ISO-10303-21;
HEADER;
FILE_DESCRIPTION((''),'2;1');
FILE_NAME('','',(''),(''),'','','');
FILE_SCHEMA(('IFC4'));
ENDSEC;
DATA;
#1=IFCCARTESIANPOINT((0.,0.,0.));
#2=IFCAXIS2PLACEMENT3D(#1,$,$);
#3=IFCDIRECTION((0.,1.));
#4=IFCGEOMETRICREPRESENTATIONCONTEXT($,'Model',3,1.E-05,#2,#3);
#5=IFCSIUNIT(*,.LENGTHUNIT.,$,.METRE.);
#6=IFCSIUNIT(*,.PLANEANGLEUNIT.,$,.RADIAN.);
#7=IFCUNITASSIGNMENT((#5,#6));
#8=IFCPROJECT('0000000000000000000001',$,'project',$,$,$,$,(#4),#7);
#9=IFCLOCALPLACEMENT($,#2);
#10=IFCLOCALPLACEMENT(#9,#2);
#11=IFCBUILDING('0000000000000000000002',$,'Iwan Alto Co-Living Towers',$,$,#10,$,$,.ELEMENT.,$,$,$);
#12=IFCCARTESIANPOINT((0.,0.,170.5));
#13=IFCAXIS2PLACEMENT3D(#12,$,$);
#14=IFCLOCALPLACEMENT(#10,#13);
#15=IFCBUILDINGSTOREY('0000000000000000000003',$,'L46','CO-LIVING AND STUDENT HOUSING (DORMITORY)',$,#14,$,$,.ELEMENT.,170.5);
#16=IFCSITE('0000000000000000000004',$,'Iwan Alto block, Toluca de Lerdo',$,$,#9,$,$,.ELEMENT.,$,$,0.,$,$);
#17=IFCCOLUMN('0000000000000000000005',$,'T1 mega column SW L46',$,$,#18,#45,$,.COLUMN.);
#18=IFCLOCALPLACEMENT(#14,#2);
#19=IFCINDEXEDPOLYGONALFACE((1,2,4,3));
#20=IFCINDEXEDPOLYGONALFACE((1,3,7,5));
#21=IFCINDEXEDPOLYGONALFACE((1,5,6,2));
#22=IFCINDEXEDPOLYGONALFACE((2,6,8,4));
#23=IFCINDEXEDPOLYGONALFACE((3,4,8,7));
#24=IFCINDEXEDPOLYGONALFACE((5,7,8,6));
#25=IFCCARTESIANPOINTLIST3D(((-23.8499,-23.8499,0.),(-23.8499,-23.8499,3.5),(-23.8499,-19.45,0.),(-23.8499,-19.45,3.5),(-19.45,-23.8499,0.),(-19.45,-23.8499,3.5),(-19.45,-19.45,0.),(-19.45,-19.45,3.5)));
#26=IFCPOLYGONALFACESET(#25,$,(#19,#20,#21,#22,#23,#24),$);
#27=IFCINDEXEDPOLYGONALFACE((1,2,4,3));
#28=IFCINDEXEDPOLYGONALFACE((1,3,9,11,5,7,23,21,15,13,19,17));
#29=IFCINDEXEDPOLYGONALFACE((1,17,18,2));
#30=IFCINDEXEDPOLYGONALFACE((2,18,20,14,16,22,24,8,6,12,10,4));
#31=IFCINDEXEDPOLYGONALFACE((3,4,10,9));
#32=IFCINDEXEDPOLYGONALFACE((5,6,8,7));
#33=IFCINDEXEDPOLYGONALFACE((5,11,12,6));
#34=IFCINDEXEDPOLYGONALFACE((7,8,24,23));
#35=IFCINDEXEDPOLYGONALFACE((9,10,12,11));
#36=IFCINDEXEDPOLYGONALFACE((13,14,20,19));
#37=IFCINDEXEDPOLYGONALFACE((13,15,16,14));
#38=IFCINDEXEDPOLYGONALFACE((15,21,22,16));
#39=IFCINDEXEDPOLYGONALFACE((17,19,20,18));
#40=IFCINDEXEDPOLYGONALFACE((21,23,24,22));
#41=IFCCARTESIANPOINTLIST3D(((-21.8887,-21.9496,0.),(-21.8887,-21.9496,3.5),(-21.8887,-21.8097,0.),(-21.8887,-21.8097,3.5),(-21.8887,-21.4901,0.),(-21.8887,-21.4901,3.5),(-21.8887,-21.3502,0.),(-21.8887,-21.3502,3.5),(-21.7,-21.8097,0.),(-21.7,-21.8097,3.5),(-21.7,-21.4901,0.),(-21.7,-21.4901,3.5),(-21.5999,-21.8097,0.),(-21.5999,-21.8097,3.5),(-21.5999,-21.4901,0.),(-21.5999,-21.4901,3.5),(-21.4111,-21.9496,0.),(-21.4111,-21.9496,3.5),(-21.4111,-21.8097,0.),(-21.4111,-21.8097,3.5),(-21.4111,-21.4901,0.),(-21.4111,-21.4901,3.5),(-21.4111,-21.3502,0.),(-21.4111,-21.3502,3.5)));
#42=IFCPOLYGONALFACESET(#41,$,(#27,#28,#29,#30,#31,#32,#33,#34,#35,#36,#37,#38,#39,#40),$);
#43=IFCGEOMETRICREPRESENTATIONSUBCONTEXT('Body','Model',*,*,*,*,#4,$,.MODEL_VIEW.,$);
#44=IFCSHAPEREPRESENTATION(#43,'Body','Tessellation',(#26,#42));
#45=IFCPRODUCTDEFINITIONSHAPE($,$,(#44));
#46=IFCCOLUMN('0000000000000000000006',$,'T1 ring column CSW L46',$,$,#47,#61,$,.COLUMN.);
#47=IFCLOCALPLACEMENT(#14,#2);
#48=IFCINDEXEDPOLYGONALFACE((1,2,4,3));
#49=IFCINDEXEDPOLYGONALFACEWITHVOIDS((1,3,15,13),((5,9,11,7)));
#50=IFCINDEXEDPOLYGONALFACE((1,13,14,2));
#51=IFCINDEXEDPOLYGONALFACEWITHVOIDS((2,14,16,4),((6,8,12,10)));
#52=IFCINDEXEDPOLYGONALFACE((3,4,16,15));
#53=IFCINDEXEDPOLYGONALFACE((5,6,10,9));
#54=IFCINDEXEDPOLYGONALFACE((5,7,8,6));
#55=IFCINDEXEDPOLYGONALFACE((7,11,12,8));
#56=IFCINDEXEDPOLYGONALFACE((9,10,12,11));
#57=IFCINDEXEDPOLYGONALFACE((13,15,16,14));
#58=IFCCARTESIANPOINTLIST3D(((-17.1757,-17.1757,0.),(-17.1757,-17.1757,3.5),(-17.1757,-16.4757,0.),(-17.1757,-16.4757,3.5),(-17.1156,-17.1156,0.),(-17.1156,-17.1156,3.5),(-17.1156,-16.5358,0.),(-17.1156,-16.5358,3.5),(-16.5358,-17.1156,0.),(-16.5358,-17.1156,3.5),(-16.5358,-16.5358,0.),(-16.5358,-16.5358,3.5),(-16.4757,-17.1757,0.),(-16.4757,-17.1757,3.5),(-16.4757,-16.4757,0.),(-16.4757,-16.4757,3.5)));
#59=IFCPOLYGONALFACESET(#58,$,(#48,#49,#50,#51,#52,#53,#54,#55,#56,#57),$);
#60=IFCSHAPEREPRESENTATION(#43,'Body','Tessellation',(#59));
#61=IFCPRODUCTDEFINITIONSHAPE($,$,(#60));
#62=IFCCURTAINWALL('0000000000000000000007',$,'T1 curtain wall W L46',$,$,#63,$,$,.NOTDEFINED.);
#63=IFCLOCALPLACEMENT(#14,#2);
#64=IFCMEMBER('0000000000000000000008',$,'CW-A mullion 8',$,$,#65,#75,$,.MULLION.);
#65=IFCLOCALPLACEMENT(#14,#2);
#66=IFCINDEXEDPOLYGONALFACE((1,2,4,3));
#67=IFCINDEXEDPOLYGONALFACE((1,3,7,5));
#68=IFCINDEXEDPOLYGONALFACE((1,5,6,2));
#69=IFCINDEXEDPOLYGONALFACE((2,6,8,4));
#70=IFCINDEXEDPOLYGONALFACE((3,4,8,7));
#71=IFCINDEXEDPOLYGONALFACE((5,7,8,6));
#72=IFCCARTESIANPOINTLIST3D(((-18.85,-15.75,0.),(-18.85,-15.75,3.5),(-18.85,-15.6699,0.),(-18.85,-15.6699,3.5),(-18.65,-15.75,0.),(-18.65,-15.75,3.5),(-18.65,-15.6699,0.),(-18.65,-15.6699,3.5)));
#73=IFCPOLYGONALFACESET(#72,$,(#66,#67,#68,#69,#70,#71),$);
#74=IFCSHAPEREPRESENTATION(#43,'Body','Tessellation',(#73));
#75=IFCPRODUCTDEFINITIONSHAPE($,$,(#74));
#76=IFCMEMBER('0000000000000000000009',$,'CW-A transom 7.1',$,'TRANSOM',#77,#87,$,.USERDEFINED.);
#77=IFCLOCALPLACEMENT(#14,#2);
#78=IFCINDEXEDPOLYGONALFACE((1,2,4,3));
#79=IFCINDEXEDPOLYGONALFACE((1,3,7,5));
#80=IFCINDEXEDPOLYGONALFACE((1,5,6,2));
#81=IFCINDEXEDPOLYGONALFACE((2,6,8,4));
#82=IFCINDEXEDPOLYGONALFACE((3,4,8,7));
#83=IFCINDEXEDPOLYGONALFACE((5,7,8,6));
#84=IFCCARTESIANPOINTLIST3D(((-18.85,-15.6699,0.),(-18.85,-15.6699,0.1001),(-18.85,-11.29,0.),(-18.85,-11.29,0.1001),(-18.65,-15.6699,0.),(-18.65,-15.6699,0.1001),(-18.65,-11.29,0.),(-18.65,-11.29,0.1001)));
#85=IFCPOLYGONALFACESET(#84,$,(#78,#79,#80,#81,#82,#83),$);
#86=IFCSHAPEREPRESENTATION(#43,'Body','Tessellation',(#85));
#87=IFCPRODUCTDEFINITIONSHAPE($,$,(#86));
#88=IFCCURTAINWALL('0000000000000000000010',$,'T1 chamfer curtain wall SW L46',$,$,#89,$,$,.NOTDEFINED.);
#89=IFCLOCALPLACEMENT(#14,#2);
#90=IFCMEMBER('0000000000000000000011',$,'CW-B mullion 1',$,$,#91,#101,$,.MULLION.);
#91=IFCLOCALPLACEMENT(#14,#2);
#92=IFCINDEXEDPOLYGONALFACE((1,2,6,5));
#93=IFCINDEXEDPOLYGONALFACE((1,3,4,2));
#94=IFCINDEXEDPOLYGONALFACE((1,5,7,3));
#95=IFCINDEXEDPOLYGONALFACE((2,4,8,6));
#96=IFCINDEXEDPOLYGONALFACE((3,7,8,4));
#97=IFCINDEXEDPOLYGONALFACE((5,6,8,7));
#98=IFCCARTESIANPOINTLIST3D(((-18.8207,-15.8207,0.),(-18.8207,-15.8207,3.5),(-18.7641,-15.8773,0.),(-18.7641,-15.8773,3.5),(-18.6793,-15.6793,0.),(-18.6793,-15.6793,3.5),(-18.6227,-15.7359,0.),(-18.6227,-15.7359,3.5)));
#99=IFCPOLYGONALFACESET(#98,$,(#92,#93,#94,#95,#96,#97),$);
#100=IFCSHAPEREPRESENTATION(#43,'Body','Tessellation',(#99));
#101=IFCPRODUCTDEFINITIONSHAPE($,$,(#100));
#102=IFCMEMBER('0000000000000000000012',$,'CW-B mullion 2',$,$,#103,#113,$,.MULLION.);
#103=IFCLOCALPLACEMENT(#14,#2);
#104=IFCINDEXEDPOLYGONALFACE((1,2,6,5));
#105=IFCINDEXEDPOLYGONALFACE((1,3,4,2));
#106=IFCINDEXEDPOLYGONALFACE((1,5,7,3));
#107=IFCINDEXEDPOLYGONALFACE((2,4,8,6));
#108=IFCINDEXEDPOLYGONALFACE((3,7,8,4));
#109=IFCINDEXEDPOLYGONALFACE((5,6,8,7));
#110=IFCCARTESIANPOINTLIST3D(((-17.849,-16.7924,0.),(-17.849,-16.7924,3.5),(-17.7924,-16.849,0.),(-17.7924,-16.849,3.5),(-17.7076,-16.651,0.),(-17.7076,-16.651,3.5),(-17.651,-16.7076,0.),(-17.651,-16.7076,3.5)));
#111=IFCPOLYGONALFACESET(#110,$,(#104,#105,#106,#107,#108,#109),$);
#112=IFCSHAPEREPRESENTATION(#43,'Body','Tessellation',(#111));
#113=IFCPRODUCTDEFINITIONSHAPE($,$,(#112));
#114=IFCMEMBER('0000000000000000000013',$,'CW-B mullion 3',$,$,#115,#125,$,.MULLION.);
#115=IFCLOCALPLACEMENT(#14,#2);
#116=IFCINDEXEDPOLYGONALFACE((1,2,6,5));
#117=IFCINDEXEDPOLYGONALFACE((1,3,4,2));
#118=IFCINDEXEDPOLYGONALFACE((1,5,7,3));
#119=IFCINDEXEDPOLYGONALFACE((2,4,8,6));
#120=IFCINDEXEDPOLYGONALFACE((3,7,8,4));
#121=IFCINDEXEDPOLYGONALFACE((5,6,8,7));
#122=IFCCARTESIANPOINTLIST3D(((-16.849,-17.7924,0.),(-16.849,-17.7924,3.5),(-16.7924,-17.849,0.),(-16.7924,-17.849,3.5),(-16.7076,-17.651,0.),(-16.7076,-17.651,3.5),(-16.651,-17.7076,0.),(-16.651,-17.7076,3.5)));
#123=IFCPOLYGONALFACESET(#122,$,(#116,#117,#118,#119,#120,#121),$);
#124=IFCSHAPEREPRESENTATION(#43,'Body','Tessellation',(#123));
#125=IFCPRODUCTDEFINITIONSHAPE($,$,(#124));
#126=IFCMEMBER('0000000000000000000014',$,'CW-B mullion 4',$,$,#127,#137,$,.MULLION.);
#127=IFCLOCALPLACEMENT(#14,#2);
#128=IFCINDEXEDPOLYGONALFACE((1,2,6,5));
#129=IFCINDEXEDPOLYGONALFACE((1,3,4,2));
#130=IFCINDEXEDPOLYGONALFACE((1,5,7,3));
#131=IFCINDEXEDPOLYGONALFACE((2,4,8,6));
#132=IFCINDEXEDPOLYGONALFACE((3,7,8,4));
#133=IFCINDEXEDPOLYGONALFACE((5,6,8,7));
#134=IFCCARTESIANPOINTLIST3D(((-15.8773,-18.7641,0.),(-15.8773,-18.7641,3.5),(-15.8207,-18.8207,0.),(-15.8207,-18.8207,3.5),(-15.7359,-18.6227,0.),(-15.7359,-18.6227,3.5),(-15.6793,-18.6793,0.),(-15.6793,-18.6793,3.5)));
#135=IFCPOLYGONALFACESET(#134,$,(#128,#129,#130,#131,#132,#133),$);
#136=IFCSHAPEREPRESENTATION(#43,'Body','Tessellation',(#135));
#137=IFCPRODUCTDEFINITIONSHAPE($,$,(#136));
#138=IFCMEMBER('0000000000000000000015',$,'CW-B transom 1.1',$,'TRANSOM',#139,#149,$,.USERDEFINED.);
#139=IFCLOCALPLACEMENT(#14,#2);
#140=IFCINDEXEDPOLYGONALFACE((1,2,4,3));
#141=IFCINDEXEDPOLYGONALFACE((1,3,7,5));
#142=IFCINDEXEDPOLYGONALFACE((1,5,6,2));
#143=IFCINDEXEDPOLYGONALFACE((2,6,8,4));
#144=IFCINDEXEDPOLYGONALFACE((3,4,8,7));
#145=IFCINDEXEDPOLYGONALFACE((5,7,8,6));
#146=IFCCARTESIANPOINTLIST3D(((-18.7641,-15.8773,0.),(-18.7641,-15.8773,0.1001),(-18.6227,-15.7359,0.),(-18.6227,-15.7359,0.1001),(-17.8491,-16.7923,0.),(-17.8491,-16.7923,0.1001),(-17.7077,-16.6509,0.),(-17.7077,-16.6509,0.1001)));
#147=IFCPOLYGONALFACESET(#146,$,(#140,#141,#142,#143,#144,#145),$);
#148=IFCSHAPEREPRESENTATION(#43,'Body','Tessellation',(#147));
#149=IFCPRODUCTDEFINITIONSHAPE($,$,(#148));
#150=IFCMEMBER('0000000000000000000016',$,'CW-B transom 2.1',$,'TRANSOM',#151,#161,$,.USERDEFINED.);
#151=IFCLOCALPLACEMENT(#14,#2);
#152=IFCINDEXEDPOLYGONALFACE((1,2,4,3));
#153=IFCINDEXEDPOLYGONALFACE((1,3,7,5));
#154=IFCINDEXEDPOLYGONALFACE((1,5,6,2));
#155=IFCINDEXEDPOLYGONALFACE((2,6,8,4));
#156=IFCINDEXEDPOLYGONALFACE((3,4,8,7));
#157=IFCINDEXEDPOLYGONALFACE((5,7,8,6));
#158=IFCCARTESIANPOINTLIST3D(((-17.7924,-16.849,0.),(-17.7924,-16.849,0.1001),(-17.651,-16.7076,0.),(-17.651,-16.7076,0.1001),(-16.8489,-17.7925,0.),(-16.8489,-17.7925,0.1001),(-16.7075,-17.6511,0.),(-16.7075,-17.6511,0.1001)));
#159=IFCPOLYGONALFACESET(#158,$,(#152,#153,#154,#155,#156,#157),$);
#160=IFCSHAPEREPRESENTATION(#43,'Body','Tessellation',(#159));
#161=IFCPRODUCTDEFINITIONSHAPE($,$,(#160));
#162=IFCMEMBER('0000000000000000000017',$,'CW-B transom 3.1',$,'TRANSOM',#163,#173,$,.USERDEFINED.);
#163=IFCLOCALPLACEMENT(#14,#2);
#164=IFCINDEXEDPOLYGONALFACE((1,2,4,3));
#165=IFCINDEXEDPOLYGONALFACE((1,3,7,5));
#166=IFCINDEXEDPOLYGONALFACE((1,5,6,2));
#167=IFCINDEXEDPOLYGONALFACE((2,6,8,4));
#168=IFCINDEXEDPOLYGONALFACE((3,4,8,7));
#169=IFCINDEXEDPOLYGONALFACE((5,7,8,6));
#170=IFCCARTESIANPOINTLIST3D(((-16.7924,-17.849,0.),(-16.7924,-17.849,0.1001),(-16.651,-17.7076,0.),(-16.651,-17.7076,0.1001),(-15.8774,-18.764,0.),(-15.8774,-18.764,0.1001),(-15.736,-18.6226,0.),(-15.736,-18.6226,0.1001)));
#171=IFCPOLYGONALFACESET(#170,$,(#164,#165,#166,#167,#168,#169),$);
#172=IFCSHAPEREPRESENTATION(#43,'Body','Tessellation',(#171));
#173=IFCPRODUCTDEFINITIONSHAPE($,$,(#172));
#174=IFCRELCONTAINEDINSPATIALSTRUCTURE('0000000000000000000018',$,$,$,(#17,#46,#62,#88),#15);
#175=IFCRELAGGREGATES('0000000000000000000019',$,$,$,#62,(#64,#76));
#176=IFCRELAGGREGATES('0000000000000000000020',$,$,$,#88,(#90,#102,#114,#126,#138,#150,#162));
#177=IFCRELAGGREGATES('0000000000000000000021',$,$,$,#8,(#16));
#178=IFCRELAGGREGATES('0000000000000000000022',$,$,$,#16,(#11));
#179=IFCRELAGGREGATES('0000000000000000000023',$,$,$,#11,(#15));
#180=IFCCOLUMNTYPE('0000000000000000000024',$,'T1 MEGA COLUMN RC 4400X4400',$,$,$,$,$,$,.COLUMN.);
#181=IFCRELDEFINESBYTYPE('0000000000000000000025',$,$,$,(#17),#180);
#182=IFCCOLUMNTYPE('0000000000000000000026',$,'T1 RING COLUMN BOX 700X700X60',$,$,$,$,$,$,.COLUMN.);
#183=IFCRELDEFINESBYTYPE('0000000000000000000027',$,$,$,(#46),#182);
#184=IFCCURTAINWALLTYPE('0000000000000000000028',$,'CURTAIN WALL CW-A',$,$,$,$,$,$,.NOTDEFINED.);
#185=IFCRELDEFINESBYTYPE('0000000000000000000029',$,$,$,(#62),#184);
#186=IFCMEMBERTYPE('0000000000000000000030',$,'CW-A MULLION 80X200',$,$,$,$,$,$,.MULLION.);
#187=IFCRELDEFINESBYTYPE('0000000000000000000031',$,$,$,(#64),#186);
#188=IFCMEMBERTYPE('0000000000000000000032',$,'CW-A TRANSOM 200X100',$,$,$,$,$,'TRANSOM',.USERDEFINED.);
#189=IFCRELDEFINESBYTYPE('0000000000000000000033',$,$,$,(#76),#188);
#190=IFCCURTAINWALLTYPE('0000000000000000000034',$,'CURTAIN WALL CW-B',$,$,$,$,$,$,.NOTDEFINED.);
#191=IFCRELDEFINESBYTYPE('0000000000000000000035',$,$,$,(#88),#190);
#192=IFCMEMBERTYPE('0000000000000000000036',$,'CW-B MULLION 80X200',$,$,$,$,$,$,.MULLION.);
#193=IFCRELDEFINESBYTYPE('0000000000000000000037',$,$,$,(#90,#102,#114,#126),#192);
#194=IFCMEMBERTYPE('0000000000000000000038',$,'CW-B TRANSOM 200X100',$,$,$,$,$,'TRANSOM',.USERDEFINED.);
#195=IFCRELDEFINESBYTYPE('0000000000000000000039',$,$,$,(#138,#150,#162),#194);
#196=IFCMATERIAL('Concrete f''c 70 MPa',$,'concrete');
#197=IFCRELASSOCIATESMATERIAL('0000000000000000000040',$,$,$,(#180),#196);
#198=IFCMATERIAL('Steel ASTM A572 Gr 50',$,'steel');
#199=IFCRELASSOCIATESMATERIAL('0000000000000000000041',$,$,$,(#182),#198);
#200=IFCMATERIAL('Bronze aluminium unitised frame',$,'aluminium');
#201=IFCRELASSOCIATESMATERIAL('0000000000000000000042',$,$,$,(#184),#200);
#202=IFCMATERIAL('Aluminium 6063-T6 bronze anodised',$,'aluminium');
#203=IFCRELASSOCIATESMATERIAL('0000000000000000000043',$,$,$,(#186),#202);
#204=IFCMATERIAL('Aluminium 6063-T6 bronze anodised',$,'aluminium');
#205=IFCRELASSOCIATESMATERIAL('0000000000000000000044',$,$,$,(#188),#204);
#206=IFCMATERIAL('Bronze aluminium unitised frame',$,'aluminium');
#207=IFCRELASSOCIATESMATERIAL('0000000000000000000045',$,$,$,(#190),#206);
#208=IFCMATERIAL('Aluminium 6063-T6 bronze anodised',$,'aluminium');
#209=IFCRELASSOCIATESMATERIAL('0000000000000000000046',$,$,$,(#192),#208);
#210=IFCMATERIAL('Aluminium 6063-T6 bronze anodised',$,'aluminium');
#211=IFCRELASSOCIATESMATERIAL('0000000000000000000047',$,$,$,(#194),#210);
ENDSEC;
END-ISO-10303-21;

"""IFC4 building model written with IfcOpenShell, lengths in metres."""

from ifc_helpers import new_model, si_unit, direction, frame, origin, origin_2d, place, context, subcontext, project, spatial, rectangle, hollow_rectangle, i_section, extrude, material, material_profile, profile_set, type_object, element, aggregate, save


model = new_model("IFC4")

# Units and contexts
model_context = context("Model", 3, precision=1e-05, world=origin(), true_north=direction((0.0, 1.0)))
body_context = subcontext(model_context, "Body", "Model", "MODEL_VIEW")
ifc_project = project(units=[si_unit("LENGTHUNIT", "METRE"), si_unit("PLANEANGLEUNIT", "RADIAN")], contexts=[model_context])

# Site, building, storey
site_placement = place(None, origin())
site = spatial("IfcSite", under=ifc_project, at=site_placement, Name="Iwan Alto block, Toluca de Lerdo", CompositionType="ELEMENT", RefElevation=0.0)
building_placement = place(site_placement, origin())
building = spatial("IfcBuilding", under=site, at=building_placement, Name="Iwan Alto Co-Living Towers", CompositionType="ELEMENT")
storey_placement = place(building_placement, frame((0.0, 0.0, 170.5)))
storey = spatial("IfcBuildingStorey", under=building, at=storey_placement, Name="L46", Description="CO-LIVING AND STUDENT HOUSING (DORMITORY)", CompositionType="ELEMENT", Elevation=170.5)

# Columns
ifc_material_1 = material(Name="Concrete f'c 70 MPa", Category="concrete")
ifc_material_profile_1 = material_profile(ifc_material_1, rectangle(XDim=4.3999, YDim=4.3999, at=origin_2d()), Name="RC 4400X4400")
ifc_profile_set_1 = profile_set([ifc_material_profile_1], Name="Concrete f'c 70 MPa")
column_type_1 = type_object("IfcColumnType", Name="T1 MEGA COLUMN RC 4400X4400", PredefinedType="COLUMN", material=ifc_profile_set_1)
column_1_placement = place(storey_placement, frame((-21.6499, -21.6499, 0.0), z_axis=(0.0, 0.0, 1.0), x_axis=(1.0, 0.0, 0.0)))
element("IfcColumn", 1, at=column_1_placement, inside=storey, type_object=column_type_1, Name="T1 mega column SW L46", PredefinedType="COLUMN", context=body_context, shape_type="SweptSolid", body=[
    extrude(rectangle(XDim=4.3999, YDim=4.3999, at=origin_2d()), origin(), (0.0, 0.0, 1.0), 3.5),
    extrude(i_section(OverallWidth=0.4775, OverallDepth=0.5994, WebThickness=0.1001, FlangeThickness=0.1399, at=origin_2d()), origin(), (0.0, 0.0, 1.0), 3.5),
])
ifc_material_2 = material(Name="Steel ASTM A572 Gr 50", Category="steel")
ifc_material_profile_2 = material_profile(ifc_material_2, hollow_rectangle(XDim=0.7, YDim=0.7, WallThickness=0.0601, at=origin_2d()), Name="BOX 700X700X60")
ifc_profile_set_2 = profile_set([ifc_material_profile_2], Name="Steel ASTM A572 Gr 50")
column_type_2 = type_object("IfcColumnType", Name="T1 RING COLUMN BOX 700X700X60", PredefinedType="COLUMN", material=ifc_profile_set_2)
column_2_placement = place(storey_placement, frame((-16.8257, -16.8257, 0.0), z_axis=(0.0, 0.0, 1.0), x_axis=(1.0, 0.0, 0.0)))
element("IfcColumn", 2, at=column_2_placement, inside=storey, type_object=column_type_2, Name="T1 ring column CSW L46", PredefinedType="COLUMN", context=body_context, shape_type="SweptSolid", body=[
    extrude(hollow_rectangle(XDim=0.7, YDim=0.7, WallThickness=0.0601, at=origin_2d()), origin(), (0.0, 0.0, 1.0), 3.5),
])

# Curtain walls, members
ifc_material_3 = material(Name="Bronze aluminium unitised frame", Category="aluminium")
curtain_wall_type_1 = type_object("IfcCurtainWallType", Name="CURTAIN WALL CW-A", PredefinedType="NOTDEFINED", material=ifc_material_3)
curtain_wall_1_placement = place(storey_placement, origin())
curtain_wall_1 = element("IfcCurtainWall", 3, at=curtain_wall_1_placement, inside=storey, type_object=curtain_wall_type_1, Name="T1 curtain wall W L46", PredefinedType="NOTDEFINED")
ifc_material_4 = material(Name="Aluminium 6063-T6 bronze anodised", Category="aluminium")
ifc_material_profile_3 = material_profile(ifc_material_4, rectangle(XDim=0.2, YDim=0.0801, at=origin_2d()), Name="AL 80X200")
ifc_profile_set_3 = profile_set([ifc_material_profile_3], Name="Aluminium 6063-T6 bronze anodised")
member_type_1 = type_object("IfcMemberType", Name="CW-A MULLION 80X200", PredefinedType="MULLION", material=ifc_profile_set_3)
member_1_placement = place(storey_placement, frame((-18.75, -15.71, 0.0), z_axis=(0.0, 0.0, 1.0), x_axis=(1.0, 0.0, 0.0)))
member_1 = element("IfcMember", 4, at=member_1_placement, type_object=member_type_1, Name="CW-A mullion 8", PredefinedType="MULLION", context=body_context, shape_type="SweptSolid", body=[
    extrude(rectangle(XDim=0.2, YDim=0.0801, at=origin_2d()), origin(), (0.0, 0.0, 1.0), 3.5),
])
ifc_material_5 = material(Name="Aluminium 6063-T6 bronze anodised", Category="aluminium")
ifc_material_profile_4 = material_profile(ifc_material_5, rectangle(XDim=0.2, YDim=0.1001, at=origin_2d()), Name="AL 200X100")
ifc_profile_set_4 = profile_set([ifc_material_profile_4], Name="Aluminium 6063-T6 bronze anodised")
member_type_2 = type_object("IfcMemberType", Name="CW-A TRANSOM 200X100", ElementType="TRANSOM", PredefinedType="USERDEFINED", material=ifc_profile_set_4)
member_2_placement = place(storey_placement, frame((-18.75, -11.29, 0.05), z_axis=(0.0, -1.0, 0.0), x_axis=(1.0, 0.0, 0.0)))
member_2 = element("IfcMember", 5, at=member_2_placement, type_object=member_type_2, Name="CW-A transom 7.1", ObjectType="TRANSOM", PredefinedType="USERDEFINED", context=body_context, shape_type="SweptSolid", body=[
    extrude(rectangle(XDim=0.2, YDim=0.1001, at=origin_2d()), origin(), (0.0, 0.0, 1.0), 4.3799),
])
ifc_material_6 = material(Name="Bronze aluminium unitised frame", Category="aluminium")
curtain_wall_type_2 = type_object("IfcCurtainWallType", Name="CURTAIN WALL CW-B", PredefinedType="NOTDEFINED", material=ifc_material_6)
curtain_wall_2_placement = place(storey_placement, origin())
curtain_wall_2 = element("IfcCurtainWall", 6, at=curtain_wall_2_placement, inside=storey, type_object=curtain_wall_type_2, Name="T1 chamfer curtain wall SW L46", PredefinedType="NOTDEFINED")
ifc_material_7 = material(Name="Aluminium 6063-T6 bronze anodised", Category="aluminium")
ifc_material_profile_5 = material_profile(ifc_material_7, rectangle(XDim=0.2, YDim=0.0801, at=origin_2d()), Name="AL 80X200")
ifc_profile_set_5 = profile_set([ifc_material_profile_5], Name="Aluminium 6063-T6 bronze anodised")
member_type_3 = type_object("IfcMemberType", Name="CW-B MULLION 80X200", PredefinedType="MULLION", material=ifc_profile_set_5)
member_3_placement = place(storey_placement, frame((-18.7217, -15.7783, 0.0), z_axis=(0.0, 0.0, 1.0), x_axis=(0.707107, 0.707107, 0.0)))
member_3 = element("IfcMember", 7, at=member_3_placement, type_object=member_type_3, Name="CW-B mullion 1", PredefinedType="MULLION", context=body_context, shape_type="SweptSolid", body=[
    extrude(rectangle(XDim=0.2, YDim=0.0801, at=origin_2d()), origin(), (0.0, 0.0, 1.0), 3.5),
])
member_4_placement = place(storey_placement, frame((-17.75, -16.75, 0.0), z_axis=(0.0, 0.0, 1.0), x_axis=(0.707107, 0.707107, 0.0)))
member_4 = element("IfcMember", 8, at=member_4_placement, type_object=member_type_3, Name="CW-B mullion 2", PredefinedType="MULLION", context=body_context, shape_type="SweptSolid", body=[
    extrude(rectangle(XDim=0.2, YDim=0.0801, at=origin_2d()), origin(), (0.0, 0.0, 1.0), 3.5),
])
member_5_placement = place(storey_placement, frame((-16.75, -17.75, 0.0), z_axis=(0.0, 0.0, 1.0), x_axis=(0.707107, 0.707107, 0.0)))
member_5 = element("IfcMember", 9, at=member_5_placement, type_object=member_type_3, Name="CW-B mullion 3", PredefinedType="MULLION", context=body_context, shape_type="SweptSolid", body=[
    extrude(rectangle(XDim=0.2, YDim=0.0801, at=origin_2d()), origin(), (0.0, 0.0, 1.0), 3.5),
])
member_6_placement = place(storey_placement, frame((-15.7783, -18.7217, 0.0), z_axis=(0.0, 0.0, 1.0), x_axis=(0.707107, 0.707107, 0.0)))
member_6 = element("IfcMember", 10, at=member_6_placement, type_object=member_type_3, Name="CW-B mullion 4", PredefinedType="MULLION", context=body_context, shape_type="SweptSolid", body=[
    extrude(rectangle(XDim=0.2, YDim=0.0801, at=origin_2d()), origin(), (0.0, 0.0, 1.0), 3.5),
])
ifc_material_8 = material(Name="Aluminium 6063-T6 bronze anodised", Category="aluminium")
ifc_material_profile_6 = material_profile(ifc_material_8, rectangle(XDim=0.2, YDim=0.1001, at=origin_2d()), Name="AL 200X100")
ifc_profile_set_6 = profile_set([ifc_material_profile_6], Name="Aluminium 6063-T6 bronze anodised")
member_type_4 = type_object("IfcMemberType", Name="CW-B TRANSOM 200X100", ElementType="TRANSOM", PredefinedType="USERDEFINED", material=ifc_profile_set_6)
member_7_placement = place(storey_placement, frame((-18.6934, -15.8066, 0.05), z_axis=(0.707107, -0.707107, 0.0), x_axis=(0.707107, 0.707107, 0.0)))
member_7 = element("IfcMember", 11, at=member_7_placement, type_object=member_type_4, Name="CW-B transom 1.1", ObjectType="TRANSOM", PredefinedType="USERDEFINED", context=body_context, shape_type="SweptSolid", body=[
    extrude(rectangle(XDim=0.2, YDim=0.1001, at=origin_2d()), origin(), (0.0, 0.0, 1.0), 1.2939),
])
member_8_placement = place(storey_placement, frame((-17.7217, -16.7783, 0.05), z_axis=(0.707107, -0.707107, 0.0), x_axis=(0.707107, 0.707107, 0.0)))
member_8 = element("IfcMember", 12, at=member_8_placement, type_object=member_type_4, Name="CW-B transom 2.1", ObjectType="TRANSOM", PredefinedType="USERDEFINED", context=body_context, shape_type="SweptSolid", body=[
    extrude(rectangle(XDim=0.2, YDim=0.1001, at=origin_2d()), origin(), (0.0, 0.0, 1.0), 1.3342),
])
member_9_placement = place(storey_placement, frame((-16.7217, -17.7783, 0.05), z_axis=(0.707107, -0.707107, 0.0), x_axis=(0.707107, 0.707107, 0.0)))
member_9 = element("IfcMember", 13, at=member_9_placement, type_object=member_type_4, Name="CW-B transom 3.1", ObjectType="TRANSOM", PredefinedType="USERDEFINED", context=body_context, shape_type="SweptSolid", body=[
    extrude(rectangle(XDim=0.2, YDim=0.1001, at=origin_2d()), origin(), (0.0, 0.0, 1.0), 1.2939),
])

aggregate(curtain_wall_1, [member_1, member_2])
aggregate(curtain_wall_2, [member_3, member_4, member_5, member_6, member_7, member_8, member_9])

save(model, "model.ifc")
